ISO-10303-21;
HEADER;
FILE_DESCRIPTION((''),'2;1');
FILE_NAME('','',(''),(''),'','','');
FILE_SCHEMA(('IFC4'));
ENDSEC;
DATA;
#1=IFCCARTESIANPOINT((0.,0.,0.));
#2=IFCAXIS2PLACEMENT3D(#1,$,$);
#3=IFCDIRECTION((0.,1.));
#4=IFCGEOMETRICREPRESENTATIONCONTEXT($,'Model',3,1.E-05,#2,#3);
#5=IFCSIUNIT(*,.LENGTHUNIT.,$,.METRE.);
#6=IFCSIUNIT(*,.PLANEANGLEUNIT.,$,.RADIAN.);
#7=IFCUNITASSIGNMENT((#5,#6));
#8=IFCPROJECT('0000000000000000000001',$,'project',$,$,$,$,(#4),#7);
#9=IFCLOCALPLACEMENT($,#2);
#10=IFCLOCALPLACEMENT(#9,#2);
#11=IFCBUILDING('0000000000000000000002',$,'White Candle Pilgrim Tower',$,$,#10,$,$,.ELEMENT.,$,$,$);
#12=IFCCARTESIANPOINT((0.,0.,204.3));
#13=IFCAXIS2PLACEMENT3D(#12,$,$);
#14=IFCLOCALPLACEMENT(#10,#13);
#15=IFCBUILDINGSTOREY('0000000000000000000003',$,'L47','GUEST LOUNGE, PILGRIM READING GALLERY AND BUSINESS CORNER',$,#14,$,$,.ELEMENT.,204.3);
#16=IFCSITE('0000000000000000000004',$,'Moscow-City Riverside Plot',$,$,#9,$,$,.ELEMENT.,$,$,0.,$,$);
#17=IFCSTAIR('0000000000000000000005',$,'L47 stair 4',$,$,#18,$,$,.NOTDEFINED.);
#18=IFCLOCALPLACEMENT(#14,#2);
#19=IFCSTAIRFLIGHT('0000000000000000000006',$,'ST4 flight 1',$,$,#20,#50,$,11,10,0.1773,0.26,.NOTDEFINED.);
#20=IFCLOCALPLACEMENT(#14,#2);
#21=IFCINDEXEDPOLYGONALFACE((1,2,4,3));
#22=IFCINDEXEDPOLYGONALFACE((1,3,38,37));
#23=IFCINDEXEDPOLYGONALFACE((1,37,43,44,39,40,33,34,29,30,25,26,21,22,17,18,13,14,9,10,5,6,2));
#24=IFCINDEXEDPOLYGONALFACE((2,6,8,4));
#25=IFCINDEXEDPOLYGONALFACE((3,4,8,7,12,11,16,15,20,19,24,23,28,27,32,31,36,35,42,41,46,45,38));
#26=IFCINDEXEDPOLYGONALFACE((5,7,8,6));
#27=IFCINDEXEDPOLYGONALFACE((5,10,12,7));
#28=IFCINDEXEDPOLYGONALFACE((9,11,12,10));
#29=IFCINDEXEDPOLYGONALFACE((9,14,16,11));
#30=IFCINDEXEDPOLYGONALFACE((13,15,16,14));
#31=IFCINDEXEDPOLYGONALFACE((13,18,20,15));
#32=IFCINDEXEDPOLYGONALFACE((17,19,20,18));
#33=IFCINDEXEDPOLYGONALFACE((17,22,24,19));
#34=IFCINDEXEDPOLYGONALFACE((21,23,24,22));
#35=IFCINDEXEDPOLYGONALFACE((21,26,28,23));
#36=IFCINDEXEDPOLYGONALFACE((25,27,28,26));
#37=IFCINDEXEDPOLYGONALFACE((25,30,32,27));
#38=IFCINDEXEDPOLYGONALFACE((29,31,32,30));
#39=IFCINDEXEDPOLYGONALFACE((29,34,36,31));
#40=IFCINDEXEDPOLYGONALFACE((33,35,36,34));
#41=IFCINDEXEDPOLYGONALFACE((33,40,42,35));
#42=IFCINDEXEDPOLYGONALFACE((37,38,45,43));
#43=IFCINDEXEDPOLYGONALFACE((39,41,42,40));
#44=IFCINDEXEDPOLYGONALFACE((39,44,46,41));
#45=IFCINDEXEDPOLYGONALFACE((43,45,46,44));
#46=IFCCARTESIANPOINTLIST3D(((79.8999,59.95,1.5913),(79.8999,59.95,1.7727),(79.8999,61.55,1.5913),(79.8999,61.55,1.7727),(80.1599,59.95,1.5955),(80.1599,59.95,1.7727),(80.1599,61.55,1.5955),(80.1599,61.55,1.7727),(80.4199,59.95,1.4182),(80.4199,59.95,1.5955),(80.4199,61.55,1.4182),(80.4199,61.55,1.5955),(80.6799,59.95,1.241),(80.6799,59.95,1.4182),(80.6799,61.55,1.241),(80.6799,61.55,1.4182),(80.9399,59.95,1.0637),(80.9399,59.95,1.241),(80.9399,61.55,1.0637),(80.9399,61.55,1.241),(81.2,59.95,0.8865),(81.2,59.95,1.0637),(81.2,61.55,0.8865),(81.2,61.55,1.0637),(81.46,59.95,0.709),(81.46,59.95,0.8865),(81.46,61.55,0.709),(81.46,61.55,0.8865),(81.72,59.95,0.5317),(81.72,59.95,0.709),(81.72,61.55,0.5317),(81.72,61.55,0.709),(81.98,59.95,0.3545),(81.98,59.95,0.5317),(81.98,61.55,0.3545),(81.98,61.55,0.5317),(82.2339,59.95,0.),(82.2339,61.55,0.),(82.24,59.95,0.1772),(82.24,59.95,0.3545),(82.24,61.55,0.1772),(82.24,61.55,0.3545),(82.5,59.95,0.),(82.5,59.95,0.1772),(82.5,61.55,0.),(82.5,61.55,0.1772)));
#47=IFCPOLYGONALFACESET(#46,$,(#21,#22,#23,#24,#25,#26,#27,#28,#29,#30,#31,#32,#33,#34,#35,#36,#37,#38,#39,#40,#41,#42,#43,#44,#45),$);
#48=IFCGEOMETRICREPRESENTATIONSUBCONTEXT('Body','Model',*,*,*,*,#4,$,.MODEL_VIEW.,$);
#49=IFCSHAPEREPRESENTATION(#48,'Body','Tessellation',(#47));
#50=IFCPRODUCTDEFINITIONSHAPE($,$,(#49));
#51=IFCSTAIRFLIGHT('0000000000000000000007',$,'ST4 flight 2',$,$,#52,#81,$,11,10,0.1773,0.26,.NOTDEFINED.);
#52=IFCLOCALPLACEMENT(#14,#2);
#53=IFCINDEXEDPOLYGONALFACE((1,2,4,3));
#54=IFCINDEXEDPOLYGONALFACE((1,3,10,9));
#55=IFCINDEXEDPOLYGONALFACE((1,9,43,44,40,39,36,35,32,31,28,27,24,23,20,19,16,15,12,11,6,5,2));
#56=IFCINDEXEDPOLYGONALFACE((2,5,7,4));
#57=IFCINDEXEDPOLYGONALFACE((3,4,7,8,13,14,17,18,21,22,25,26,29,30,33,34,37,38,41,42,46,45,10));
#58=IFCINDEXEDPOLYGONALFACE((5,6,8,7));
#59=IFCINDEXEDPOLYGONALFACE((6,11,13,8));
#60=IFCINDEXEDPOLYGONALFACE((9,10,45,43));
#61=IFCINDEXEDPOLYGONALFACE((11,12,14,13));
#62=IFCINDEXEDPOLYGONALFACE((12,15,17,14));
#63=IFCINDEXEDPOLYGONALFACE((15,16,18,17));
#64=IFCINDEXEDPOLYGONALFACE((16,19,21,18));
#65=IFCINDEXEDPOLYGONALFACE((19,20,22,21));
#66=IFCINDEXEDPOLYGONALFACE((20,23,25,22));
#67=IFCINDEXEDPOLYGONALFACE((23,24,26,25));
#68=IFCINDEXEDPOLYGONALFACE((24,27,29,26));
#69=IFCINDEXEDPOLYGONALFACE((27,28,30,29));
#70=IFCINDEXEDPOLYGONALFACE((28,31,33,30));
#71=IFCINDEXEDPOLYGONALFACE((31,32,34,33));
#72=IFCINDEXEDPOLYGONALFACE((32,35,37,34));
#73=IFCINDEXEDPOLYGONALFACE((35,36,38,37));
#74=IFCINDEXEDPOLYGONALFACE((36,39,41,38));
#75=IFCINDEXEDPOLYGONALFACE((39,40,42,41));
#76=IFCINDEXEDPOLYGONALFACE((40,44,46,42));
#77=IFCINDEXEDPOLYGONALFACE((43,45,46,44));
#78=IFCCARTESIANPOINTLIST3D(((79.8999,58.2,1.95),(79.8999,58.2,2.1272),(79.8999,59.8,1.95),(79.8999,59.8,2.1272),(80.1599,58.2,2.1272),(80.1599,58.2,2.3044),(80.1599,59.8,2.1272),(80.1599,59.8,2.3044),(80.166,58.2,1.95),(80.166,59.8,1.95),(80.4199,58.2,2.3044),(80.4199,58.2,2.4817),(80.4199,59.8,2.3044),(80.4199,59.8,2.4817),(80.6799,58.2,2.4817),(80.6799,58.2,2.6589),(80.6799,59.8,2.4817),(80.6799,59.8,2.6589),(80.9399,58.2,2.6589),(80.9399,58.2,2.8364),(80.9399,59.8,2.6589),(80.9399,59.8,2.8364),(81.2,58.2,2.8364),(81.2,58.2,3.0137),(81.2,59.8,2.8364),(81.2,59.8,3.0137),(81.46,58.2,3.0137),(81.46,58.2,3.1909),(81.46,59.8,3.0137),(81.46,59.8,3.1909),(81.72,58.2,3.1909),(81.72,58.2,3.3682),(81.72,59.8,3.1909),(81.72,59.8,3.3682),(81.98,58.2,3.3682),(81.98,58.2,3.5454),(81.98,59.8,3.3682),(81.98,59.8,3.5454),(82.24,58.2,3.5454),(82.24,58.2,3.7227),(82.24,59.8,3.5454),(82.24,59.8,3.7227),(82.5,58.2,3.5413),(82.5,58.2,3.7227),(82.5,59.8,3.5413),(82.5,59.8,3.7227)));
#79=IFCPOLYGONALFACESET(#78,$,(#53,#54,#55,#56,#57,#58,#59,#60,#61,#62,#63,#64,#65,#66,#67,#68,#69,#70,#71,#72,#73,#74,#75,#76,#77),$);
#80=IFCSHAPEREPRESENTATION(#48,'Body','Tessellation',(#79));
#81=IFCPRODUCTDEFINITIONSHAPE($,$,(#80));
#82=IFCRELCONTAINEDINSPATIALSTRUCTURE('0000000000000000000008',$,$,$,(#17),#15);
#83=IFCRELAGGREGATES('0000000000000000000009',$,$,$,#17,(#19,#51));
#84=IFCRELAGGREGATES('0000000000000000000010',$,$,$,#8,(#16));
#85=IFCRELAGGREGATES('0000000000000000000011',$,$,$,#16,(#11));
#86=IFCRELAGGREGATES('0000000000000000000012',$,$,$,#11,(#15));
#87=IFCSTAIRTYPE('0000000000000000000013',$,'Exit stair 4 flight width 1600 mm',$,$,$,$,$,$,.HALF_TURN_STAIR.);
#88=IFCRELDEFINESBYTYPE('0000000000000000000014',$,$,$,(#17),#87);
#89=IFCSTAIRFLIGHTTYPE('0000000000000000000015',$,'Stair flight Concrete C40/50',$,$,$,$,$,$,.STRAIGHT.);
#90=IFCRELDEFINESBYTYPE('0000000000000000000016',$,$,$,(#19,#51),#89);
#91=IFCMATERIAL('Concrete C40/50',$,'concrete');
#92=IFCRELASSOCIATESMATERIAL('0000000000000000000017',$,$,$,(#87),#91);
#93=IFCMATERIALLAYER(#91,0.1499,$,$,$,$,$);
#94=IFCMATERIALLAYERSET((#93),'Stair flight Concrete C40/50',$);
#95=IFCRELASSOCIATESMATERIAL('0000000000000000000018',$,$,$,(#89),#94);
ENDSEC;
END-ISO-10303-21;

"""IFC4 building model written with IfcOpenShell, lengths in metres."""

from ifc_helpers import new_model, si_unit, direction, frame, origin, place, context, subcontext, project, spatial, polyline, outline, extrude, material, layer, layer_set, type_object, element, aggregate, save


model = new_model("IFC4")

# Units and contexts
model_context = context("Model", 3, precision=1e-05, world=origin(), true_north=direction((0.0, 1.0)))
body_context = subcontext(model_context, "Body", "Model", "MODEL_VIEW")
ifc_project = project(units=[si_unit("LENGTHUNIT", "METRE"), si_unit("PLANEANGLEUNIT", "RADIAN")], contexts=[model_context])

# Site, building, storey
site_placement = place(None, origin())
site = spatial("IfcSite", under=ifc_project, at=site_placement, Name="Moscow-City Riverside Plot", CompositionType="ELEMENT", RefElevation=0.0)
building_placement = place(site_placement, origin())
building = spatial("IfcBuilding", under=site, at=building_placement, Name="White Candle Pilgrim Tower", CompositionType="ELEMENT")
storey_placement = place(building_placement, frame((0.0, 0.0, 204.3)))
storey = spatial("IfcBuildingStorey", under=building, at=storey_placement, Name="L47", Description="GUEST LOUNGE, PILGRIM READING GALLERY AND BUSINESS CORNER", CompositionType="ELEMENT", Elevation=204.3)

# Stair, stair flights
ifc_material_1 = material(Name="Concrete C40/50", Category="concrete")
stair_type = type_object("IfcStairType", Name="Exit stair 4 flight width 1600 mm", PredefinedType="HALF_TURN_STAIR", material=ifc_material_1)
stair_placement = place(storey_placement, origin())
stair = element("IfcStair", 1, at=stair_placement, inside=storey, type_object=stair_type, Name="L47 stair 4", PredefinedType="NOTDEFINED")
ifc_layer_1 = layer(ifc_material_1, 0.1499)
ifc_layer_set_1 = layer_set([ifc_layer_1], Name="Stair flight Concrete C40/50")
stair_flight_type = type_object("IfcStairFlightType", Name="Stair flight Concrete C40/50", PredefinedType="STRAIGHT", material=ifc_layer_set_1)
stair_flight_1_placement = place(storey_placement, frame((82.5, 60.75, 0.0), z_axis=(0.0, 0.0, 1.0), x_axis=(-1.0, 0.0, 0.0)))
stair_flight_1 = element("IfcStairFlight", 2, at=stair_flight_1_placement, type_object=stair_flight_type, Name="ST4 flight 1", NumberOfRisers=11, NumberOfTreads=10, PredefinedType="NOTDEFINED", RiserHeight=0.1773, TreadLength=0.26, context=body_context, shape_type="SweptSolid", body=[
    extrude(outline(polyline([(0.0, 0.0), (0.0, 0.1772), (0.26, 0.1772), (0.26, 0.3545), (0.52, 0.3545), (0.52, 0.5317), (0.78, 0.5317), (0.78, 0.709), (1.04, 0.709), (1.04, 0.8865), (1.3, 0.8865), (1.3, 1.0637), (1.5601, 1.0637), (1.5601, 1.241), (1.8201, 1.241), (1.8201, 1.4182), (2.0801, 1.4182), (2.0801, 1.5955), (2.3401, 1.5955), (2.3401, 1.7727), (2.6001, 1.7727), (2.6001, 1.95), (2.6001, 1.5913), (0.2661, 0.0), (0.0, 0.0)])), frame((0.0, 0.8, 0.0), z_axis=(0.0, -1.0, 0.0), x_axis=(1.0, 0.0, 0.0)), (0.0, 0.0, 1.0), 1.6001),
])
stair_flight_2_placement = place(storey_placement, frame((79.8999, 59.0, 1.95), z_axis=(0.0, 0.0, 1.0), x_axis=(1.0, 0.0, 0.0)))
stair_flight_2 = element("IfcStairFlight", 3, at=stair_flight_2_placement, type_object=stair_flight_type, Name="ST4 flight 2", NumberOfRisers=11, NumberOfTreads=10, PredefinedType="NOTDEFINED", RiserHeight=0.1773, TreadLength=0.26, context=body_context, shape_type="SweptSolid", body=[
    extrude(outline(polyline([(0.0, 0.0), (0.0, 0.1772), (0.26, 0.1772), (0.26, 0.3545), (0.52, 0.3545), (0.52, 0.5317), (0.78, 0.5317), (0.78, 0.709), (1.04, 0.709), (1.04, 0.8865), (1.3, 0.8865), (1.3, 1.0637), (1.5601, 1.0637), (1.5601, 1.241), (1.8201, 1.241), (1.8201, 1.4182), (2.0801, 1.4182), (2.0801, 1.5955), (2.3401, 1.5955), (2.3401, 1.7727), (2.6001, 1.7727), (2.6001, 1.95), (2.6001, 1.5913), (0.2661, 0.0), (0.0, 0.0)])), frame((0.0, 0.8, 0.0), z_axis=(0.0, -1.0, 0.0), x_axis=(1.0, 0.0, 0.0)), (0.0, 0.0, 1.0), 1.6001),
])
aggregate(stair, [stair_flight_1, stair_flight_2])

save(model, "model.ifc")
